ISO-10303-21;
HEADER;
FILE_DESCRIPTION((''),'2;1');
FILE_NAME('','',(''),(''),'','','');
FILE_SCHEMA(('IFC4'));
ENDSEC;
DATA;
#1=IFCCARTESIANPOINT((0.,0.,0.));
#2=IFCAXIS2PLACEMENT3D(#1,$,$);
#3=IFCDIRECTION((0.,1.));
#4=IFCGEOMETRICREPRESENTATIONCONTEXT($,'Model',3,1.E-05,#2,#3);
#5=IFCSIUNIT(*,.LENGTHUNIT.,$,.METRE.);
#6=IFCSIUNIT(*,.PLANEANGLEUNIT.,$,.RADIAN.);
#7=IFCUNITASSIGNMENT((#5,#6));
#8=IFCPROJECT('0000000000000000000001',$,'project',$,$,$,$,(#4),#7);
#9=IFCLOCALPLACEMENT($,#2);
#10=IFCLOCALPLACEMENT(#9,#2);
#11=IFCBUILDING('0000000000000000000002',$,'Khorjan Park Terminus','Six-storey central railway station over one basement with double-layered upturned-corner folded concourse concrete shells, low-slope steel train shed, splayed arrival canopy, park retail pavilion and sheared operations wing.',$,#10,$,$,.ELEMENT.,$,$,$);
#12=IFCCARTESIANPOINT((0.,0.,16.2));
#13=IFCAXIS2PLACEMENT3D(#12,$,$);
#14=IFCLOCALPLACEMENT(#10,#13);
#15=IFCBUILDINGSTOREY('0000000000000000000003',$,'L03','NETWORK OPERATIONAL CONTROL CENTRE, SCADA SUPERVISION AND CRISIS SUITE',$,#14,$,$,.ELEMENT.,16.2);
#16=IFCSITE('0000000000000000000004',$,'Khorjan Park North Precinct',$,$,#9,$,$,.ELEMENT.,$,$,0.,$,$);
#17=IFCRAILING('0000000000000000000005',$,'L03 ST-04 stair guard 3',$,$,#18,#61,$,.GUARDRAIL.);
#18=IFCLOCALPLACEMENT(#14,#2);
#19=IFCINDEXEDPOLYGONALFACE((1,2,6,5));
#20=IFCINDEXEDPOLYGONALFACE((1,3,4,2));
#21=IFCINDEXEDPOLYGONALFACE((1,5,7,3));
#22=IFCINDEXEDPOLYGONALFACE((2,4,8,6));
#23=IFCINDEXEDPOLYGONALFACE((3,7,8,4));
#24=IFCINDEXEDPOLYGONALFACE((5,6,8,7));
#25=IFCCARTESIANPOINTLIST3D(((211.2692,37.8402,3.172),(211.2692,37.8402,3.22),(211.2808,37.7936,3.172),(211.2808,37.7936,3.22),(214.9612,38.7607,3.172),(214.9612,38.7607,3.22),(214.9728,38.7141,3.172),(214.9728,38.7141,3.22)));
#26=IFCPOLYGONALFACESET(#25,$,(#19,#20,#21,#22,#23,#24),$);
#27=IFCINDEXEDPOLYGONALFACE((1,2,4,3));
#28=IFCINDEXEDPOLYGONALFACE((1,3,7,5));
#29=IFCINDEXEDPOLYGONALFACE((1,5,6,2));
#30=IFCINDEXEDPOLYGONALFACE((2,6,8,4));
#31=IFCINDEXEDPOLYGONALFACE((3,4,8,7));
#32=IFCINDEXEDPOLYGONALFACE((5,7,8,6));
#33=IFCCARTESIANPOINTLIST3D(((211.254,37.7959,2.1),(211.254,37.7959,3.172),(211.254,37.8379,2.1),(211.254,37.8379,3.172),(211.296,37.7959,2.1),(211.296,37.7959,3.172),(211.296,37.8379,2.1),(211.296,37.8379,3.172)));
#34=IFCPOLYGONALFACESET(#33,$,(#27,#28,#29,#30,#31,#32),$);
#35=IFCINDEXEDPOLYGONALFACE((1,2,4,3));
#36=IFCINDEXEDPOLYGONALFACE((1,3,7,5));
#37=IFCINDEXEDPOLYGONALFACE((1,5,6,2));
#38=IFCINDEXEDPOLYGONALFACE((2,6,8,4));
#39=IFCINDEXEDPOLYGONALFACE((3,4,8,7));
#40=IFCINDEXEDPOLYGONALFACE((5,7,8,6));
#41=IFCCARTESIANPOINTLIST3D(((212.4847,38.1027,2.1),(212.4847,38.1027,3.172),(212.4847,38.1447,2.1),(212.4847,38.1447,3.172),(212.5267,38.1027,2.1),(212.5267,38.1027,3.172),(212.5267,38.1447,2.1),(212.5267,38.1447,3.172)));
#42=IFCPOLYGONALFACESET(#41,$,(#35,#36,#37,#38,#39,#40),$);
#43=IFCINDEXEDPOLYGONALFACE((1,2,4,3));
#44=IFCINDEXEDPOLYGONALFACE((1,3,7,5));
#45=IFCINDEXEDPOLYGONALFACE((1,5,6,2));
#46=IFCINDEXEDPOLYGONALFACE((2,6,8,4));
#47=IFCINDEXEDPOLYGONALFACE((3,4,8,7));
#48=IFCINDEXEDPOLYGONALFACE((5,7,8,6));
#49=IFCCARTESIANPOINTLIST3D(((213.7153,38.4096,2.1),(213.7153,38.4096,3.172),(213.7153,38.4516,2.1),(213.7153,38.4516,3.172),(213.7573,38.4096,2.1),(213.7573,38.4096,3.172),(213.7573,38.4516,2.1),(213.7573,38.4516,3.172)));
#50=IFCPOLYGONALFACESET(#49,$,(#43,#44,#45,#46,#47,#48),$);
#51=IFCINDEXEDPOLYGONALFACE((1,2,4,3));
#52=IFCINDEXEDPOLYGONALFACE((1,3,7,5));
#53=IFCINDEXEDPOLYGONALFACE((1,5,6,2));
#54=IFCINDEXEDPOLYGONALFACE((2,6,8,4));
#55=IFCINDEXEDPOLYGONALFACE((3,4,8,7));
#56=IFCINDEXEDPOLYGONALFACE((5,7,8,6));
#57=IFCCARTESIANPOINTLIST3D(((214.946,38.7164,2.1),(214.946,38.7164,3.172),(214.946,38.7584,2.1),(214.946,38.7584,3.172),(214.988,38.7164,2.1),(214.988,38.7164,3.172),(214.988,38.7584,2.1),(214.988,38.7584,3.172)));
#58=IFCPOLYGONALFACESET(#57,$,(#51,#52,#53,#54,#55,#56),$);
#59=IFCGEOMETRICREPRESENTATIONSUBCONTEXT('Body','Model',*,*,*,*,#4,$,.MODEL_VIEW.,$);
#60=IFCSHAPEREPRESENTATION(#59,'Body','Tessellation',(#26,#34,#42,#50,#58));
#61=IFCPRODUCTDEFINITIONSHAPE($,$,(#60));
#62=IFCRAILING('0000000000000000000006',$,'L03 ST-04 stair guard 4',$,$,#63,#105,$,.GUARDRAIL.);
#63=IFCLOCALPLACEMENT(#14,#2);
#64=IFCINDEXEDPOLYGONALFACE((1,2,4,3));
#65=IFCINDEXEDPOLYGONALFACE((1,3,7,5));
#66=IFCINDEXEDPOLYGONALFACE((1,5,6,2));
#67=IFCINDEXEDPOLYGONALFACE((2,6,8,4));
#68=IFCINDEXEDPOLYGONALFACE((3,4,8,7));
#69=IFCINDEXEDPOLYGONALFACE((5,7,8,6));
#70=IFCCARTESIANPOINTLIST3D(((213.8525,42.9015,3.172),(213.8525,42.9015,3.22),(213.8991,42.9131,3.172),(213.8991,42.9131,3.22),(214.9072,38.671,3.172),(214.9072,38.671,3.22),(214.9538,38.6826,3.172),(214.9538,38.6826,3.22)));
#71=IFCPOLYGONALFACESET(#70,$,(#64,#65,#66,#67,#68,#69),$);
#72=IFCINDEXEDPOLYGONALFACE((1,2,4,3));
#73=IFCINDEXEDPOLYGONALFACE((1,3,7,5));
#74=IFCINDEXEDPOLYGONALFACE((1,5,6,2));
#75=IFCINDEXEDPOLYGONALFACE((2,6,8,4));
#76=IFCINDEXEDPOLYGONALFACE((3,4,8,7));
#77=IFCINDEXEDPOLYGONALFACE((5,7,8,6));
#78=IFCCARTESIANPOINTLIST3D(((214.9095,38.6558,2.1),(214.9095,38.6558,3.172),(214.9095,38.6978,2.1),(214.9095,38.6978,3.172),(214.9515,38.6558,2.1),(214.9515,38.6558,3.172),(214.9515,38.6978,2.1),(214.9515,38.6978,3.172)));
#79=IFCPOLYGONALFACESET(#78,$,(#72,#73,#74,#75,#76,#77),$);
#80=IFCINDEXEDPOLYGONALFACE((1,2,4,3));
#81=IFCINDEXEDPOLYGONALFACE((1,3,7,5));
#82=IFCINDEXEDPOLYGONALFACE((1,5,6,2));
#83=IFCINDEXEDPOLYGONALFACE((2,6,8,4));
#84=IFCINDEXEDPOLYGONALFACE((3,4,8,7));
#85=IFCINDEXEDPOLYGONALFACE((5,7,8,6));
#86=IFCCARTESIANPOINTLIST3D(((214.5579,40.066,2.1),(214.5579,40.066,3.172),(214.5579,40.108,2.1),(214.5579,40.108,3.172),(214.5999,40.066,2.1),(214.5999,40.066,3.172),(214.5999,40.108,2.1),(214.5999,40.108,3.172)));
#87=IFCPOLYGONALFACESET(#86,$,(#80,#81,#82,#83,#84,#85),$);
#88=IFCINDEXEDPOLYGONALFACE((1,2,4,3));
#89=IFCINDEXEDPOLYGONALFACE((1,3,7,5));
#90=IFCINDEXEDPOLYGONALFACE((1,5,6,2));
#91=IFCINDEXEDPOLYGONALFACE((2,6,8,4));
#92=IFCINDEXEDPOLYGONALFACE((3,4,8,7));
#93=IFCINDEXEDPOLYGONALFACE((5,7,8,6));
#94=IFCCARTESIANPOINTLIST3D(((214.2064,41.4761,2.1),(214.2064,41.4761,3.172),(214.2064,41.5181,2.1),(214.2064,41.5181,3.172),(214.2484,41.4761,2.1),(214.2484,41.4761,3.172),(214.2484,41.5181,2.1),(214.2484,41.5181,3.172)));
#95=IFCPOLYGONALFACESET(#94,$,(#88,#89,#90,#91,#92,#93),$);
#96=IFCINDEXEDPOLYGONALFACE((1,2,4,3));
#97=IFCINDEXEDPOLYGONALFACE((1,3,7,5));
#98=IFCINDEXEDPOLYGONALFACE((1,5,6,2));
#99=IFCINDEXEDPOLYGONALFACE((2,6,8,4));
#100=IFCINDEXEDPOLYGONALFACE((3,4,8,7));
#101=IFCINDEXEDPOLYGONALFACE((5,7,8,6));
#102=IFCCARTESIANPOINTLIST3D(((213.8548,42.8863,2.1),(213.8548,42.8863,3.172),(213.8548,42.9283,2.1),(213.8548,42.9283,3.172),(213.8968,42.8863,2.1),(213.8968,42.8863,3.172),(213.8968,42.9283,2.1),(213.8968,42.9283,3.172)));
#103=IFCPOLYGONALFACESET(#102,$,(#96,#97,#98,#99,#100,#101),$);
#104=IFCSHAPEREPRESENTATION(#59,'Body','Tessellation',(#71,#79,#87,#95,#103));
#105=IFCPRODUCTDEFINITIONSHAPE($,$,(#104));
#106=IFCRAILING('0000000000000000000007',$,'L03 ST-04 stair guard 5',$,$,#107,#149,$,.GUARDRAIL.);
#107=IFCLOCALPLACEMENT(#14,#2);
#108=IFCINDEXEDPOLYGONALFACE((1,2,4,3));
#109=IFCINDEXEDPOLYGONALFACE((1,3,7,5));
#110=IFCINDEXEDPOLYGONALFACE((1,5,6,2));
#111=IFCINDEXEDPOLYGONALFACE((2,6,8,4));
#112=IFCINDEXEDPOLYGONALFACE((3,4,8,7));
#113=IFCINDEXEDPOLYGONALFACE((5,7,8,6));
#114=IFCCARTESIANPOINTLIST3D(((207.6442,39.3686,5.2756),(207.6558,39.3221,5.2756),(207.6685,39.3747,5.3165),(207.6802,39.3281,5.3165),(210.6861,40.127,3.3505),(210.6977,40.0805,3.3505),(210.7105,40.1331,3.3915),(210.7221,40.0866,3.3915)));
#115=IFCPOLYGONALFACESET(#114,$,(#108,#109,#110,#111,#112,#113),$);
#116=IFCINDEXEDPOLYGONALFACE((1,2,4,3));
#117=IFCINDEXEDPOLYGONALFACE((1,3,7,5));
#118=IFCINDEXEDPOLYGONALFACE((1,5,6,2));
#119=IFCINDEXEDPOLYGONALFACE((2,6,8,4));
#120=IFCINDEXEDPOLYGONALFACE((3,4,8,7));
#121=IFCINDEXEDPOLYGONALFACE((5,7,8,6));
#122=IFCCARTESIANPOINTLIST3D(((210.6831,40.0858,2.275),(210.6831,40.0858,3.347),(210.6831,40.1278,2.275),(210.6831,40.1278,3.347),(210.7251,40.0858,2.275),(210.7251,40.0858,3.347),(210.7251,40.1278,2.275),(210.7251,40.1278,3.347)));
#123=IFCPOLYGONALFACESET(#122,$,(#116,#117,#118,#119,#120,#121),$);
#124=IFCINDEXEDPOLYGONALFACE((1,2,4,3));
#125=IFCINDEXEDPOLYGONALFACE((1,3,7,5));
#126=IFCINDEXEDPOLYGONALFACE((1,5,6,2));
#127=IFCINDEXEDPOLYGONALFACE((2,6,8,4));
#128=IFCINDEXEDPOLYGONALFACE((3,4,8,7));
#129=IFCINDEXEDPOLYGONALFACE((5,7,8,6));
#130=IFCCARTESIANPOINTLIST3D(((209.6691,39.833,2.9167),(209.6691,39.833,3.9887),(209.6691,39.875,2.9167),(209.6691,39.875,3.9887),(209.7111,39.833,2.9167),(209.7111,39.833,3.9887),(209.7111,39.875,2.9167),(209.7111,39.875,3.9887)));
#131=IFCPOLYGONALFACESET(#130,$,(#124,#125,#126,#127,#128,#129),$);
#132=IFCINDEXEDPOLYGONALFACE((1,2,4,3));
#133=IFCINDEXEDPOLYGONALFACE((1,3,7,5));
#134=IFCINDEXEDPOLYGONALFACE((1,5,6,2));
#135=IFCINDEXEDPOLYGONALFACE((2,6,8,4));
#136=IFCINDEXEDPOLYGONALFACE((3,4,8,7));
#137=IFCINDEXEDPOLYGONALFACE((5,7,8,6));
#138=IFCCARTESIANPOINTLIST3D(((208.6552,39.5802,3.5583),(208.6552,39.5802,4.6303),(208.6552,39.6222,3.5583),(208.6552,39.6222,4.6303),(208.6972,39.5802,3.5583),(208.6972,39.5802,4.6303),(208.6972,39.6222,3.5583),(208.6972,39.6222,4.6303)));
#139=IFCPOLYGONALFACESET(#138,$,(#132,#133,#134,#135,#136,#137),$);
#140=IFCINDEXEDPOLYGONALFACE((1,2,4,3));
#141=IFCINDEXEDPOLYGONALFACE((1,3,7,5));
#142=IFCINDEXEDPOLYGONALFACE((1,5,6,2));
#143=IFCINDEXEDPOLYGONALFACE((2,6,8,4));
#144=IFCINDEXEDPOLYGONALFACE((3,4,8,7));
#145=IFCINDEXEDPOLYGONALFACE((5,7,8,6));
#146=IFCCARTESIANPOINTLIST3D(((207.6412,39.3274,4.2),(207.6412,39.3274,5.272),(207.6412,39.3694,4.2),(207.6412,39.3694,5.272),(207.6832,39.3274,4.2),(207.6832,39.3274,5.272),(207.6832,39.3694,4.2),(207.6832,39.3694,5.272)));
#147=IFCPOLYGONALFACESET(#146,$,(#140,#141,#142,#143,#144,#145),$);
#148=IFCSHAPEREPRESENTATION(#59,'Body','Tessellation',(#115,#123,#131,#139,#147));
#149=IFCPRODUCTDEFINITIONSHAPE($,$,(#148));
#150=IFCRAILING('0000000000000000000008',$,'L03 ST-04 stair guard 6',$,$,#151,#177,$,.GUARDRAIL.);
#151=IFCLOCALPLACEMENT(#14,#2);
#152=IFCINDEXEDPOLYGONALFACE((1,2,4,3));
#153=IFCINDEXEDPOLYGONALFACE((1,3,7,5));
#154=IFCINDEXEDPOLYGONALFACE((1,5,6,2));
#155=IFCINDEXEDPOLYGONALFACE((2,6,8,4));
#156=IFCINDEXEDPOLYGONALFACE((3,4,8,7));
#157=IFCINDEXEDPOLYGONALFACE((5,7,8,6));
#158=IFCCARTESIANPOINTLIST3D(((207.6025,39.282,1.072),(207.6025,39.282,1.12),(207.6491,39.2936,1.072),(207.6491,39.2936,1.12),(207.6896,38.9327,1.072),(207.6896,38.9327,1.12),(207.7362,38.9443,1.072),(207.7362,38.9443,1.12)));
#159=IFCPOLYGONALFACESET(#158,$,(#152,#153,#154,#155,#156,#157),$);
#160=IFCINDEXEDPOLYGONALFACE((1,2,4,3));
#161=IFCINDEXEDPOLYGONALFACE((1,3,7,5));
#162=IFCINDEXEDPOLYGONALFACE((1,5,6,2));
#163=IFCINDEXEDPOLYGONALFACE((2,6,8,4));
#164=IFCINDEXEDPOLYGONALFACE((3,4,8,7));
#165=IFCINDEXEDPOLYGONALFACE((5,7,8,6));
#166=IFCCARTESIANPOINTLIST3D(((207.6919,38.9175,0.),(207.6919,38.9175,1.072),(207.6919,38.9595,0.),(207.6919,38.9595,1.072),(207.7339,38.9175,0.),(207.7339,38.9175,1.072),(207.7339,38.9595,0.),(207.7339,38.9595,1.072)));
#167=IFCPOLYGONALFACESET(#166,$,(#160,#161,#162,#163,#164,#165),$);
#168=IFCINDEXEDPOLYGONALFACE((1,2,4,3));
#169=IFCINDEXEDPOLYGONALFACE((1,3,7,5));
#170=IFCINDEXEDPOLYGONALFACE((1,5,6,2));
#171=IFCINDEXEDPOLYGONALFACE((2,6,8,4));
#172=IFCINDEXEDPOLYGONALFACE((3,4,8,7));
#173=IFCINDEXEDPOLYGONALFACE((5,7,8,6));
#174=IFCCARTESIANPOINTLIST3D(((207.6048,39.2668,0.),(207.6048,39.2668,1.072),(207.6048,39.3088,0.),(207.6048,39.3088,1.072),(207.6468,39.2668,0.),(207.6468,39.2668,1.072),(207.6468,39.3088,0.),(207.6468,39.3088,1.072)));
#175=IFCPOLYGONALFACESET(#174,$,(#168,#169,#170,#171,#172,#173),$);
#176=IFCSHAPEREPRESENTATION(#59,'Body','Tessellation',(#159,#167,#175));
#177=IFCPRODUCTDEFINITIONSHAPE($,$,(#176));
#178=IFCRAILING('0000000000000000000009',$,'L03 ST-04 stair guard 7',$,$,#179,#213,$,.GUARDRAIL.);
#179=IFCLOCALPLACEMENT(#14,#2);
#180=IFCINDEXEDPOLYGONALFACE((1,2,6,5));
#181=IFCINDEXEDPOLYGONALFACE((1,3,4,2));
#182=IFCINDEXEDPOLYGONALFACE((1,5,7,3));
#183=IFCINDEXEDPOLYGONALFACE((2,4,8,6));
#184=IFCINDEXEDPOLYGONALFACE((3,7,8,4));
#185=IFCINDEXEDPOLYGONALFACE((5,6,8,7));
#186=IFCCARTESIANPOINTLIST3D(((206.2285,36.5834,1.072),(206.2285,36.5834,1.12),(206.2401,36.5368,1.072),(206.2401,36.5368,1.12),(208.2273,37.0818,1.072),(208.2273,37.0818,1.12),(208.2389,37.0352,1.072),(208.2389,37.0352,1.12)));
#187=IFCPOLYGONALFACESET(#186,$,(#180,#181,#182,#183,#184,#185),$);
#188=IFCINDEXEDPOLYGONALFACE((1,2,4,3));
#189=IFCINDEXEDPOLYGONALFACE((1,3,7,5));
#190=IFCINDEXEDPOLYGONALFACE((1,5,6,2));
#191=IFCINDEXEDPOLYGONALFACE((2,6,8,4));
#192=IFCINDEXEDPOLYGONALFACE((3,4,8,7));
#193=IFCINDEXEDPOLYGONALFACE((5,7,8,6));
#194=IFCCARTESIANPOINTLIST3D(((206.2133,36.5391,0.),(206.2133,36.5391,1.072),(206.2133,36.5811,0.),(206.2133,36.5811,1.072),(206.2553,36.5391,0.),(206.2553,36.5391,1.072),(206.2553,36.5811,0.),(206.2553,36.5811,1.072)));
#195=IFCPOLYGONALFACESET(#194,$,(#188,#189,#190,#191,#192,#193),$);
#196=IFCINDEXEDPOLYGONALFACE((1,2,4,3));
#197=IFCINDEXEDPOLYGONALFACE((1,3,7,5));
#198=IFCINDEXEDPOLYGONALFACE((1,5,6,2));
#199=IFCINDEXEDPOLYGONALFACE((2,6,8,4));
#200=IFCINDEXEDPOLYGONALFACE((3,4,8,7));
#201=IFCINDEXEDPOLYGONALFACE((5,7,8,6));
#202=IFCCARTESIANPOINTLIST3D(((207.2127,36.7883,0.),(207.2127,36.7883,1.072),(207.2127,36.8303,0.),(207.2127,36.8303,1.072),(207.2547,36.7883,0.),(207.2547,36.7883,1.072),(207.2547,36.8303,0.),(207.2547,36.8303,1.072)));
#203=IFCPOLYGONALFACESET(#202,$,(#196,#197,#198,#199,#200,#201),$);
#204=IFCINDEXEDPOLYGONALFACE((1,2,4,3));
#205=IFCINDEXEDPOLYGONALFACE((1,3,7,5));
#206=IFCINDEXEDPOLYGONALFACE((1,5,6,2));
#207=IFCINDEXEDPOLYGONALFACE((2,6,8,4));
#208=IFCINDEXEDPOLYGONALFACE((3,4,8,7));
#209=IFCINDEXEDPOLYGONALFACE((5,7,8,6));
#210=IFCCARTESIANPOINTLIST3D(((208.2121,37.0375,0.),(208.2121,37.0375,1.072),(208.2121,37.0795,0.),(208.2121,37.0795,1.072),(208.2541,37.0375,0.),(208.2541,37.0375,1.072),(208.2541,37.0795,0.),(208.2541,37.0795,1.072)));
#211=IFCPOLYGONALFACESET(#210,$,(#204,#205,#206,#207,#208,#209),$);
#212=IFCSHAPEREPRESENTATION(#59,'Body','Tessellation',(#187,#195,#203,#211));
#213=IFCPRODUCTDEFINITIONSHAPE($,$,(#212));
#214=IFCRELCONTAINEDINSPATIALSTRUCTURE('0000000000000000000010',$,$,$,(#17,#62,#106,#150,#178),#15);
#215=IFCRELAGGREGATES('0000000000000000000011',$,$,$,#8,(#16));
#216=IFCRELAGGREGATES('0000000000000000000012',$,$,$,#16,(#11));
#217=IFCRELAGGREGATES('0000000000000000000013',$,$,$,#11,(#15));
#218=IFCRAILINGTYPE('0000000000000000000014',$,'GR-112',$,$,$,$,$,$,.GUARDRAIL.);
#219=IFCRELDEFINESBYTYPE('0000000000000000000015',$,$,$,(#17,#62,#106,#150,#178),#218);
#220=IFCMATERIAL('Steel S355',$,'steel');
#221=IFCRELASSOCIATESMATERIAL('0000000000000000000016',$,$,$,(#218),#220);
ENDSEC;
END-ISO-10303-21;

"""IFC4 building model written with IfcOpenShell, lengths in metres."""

from ifc_helpers import new_model, si_unit, direction, frame, origin, origin_2d, place, context, subcontext, project, spatial, rectangle, extrude, material, type_object, element, save


model = new_model("IFC4")

# Units and contexts
model_context = context("Model", 3, precision=1e-05, world=origin(), true_north=direction((0.0, 1.0)))
body_context = subcontext(model_context, "Body", "Model", "MODEL_VIEW")
ifc_project = project(units=[si_unit("LENGTHUNIT", "METRE"), si_unit("PLANEANGLEUNIT", "RADIAN")], contexts=[model_context])

# Site, building, storey
site_placement = place(None, origin())
site = spatial("IfcSite", under=ifc_project, at=site_placement, Name="Khorjan Park North Precinct", CompositionType="ELEMENT", RefElevation=0.0)
building_placement = place(site_placement, origin())
building = spatial("IfcBuilding", under=site, at=building_placement, Name="Khorjan Park Terminus", Description="Six-storey central railway station over one basement with double-layered upturned-corner folded concourse concrete shells, low-slope steel train shed, splayed arrival canopy, park retail pavilion and sheared operations wing.", CompositionType="ELEMENT")
storey_placement = place(building_placement, frame((0.0, 0.0, 16.2)))
storey = spatial("IfcBuildingStorey", under=building, at=storey_placement, Name="L03", Description="NETWORK OPERATIONAL CONTROL CENTRE, SCADA SUPERVISION AND CRISIS SUITE", CompositionType="ELEMENT", Elevation=16.2)

# Shared definitions
ifc_material_1 = material(Name="Steel S355", Category="steel")

# Railings
railing_type_1 = type_object("IfcRailingType", Name="GR-112", PredefinedType="GUARDRAIL", material=ifc_material_1)
railing_1_placement = place(storey_placement, frame((211.275, 37.8169, 2.1)))
element("IfcRailing", 1, at=railing_1_placement, inside=storey, type_object=railing_type_1, Name="L03 ST-04 stair guard 3", PredefinedType="GUARDRAIL", context=body_context, shape_type="SweptSolid", body=[
    extrude(rectangle(XDim=0.048, YDim=0.048, at=origin_2d()), frame((0.0, 0.0, 1.096), z_axis=(0.970297, 0.241917, 0.0), x_axis=(-0.241917, 0.970297, 0.0)), (0.0, 0.0, 1.0), 3.805),
    extrude(rectangle(XDim=0.042, YDim=0.042, at=origin_2d()), origin(), (0.0, 0.0, 1.0), 1.072),
    extrude(rectangle(XDim=0.042, YDim=0.042, at=origin_2d()), frame((1.2307, 0.3068, 0.0)), (0.0, 0.0, 1.0), 1.072),
    extrude(rectangle(XDim=0.042, YDim=0.042, at=origin_2d()), frame((2.4613, 0.6137, 0.0)), (0.0, 0.0, 1.0), 1.072),
    extrude(rectangle(XDim=0.042, YDim=0.042, at=origin_2d()), frame((3.692, 0.9205, 0.0)), (0.0, 0.0, 1.0), 1.072),
])
railing_2_placement = place(storey_placement, frame((214.9305, 38.6768, 2.1)))
element("IfcRailing", 2, at=railing_2_placement, inside=storey, type_object=railing_type_1, Name="L03 ST-04 stair guard 4", PredefinedType="GUARDRAIL", context=body_context, shape_type="SweptSolid", body=[
    extrude(rectangle(XDim=0.048, YDim=0.048, at=origin_2d()), frame((0.0, 0.0, 1.096), z_axis=(-0.241904, 0.9703, 0.0), x_axis=(-0.9703, -0.241904, 0.0)), (0.0, 0.0, 1.0), 4.36),
    extrude(rectangle(XDim=0.042, YDim=0.042, at=origin_2d()), origin(), (0.0, 0.0, 1.0), 1.072),
    extrude(rectangle(XDim=0.042, YDim=0.042, at=origin_2d()), frame((-0.3516, 1.4102, 0.0)), (0.0, 0.0, 1.0), 1.072),
    extrude(rectangle(XDim=0.042, YDim=0.042, at=origin_2d()), frame((-0.7031, 2.8203, 0.0)), (0.0, 0.0, 1.0), 1.072),
    extrude(rectangle(XDim=0.042, YDim=0.042, at=origin_2d()), frame((-1.0547, 4.2305, 0.0)), (0.0, 0.0, 1.0), 1.072),
])
railing_3_placement = place(storey_placement, frame((210.7041, 40.1068, 2.275)))
element("IfcRailing", 3, at=railing_3_placement, inside=storey, type_object=railing_type_1, Name="L03 ST-04 stair guard 5", PredefinedType="GUARDRAIL", context=body_context, shape_type="SweptSolid", body=[
    extrude(rectangle(XDim=0.048, YDim=0.048, at=origin_2d()), frame((0.0, 0.0, 1.096), z_axis=(-0.826861, -0.206151, 0.523261), x_axis=(0.241913, -0.970298, 0.0)), (0.0, 0.0, 1.0), 3.6789),
    extrude(rectangle(XDim=0.042, YDim=0.042, at=origin_2d()), origin(), (0.0, 0.0, 1.0), 1.072),
    extrude(rectangle(XDim=0.042, YDim=0.042, at=origin_2d()), frame((-1.014, -0.2528, 0.6417)), (0.0, 0.0, 1.0), 1.072),
    extrude(rectangle(XDim=0.042, YDim=0.042, at=origin_2d()), frame((-2.0279, -0.5056, 1.2833)), (0.0, 0.0, 1.0), 1.072),
    extrude(rectangle(XDim=0.042, YDim=0.042, at=origin_2d()), frame((-3.0419, -0.7584, 1.925)), (0.0, 0.0, 1.0), 1.072),
])
railing_4_placement = place(storey_placement, frame((207.7129, 38.9385, 0.0)))
element("IfcRailing", 4, at=railing_4_placement, inside=storey, type_object=railing_type_1, Name="L03 ST-04 stair guard 6", PredefinedType="GUARDRAIL", context=body_context, shape_type="SweptSolid", body=[
    extrude(rectangle(XDim=0.048, YDim=0.048, at=origin_2d()), frame((0.0, 0.0, 1.096), z_axis=(-0.241947, 0.970289, 0.0), x_axis=(-0.970289, -0.241947, 0.0)), (0.0, 0.0, 1.0), 0.36),
    extrude(rectangle(XDim=0.042, YDim=0.042, at=origin_2d()), origin(), (0.0, 0.0, 1.0), 1.072),
    extrude(rectangle(XDim=0.042, YDim=0.042, at=origin_2d()), frame((-0.0871, 0.3493, 0.0)), (0.0, 0.0, 1.0), 1.072),
])
railing_5_placement = place(storey_placement, frame((206.2343, 36.5601, 0.0)))
element("IfcRailing", 5, at=railing_5_placement, inside=storey, type_object=railing_type_1, Name="L03 ST-04 stair guard 7", PredefinedType="GUARDRAIL", context=body_context, shape_type="SweptSolid", body=[
    extrude(rectangle(XDim=0.048, YDim=0.048, at=origin_2d()), frame((0.0, 0.0, 1.096), z_axis=(0.970291, 0.241942, 0.0), x_axis=(-0.241942, 0.970291, 0.0)), (0.0, 0.0, 1.0), 2.06),
    extrude(rectangle(XDim=0.042, YDim=0.042, at=origin_2d()), origin(), (0.0, 0.0, 1.0), 1.072),
    extrude(rectangle(XDim=0.042, YDim=0.042, at=origin_2d()), frame((0.9994, 0.2492, 0.0)), (0.0, 0.0, 1.0), 1.072),
    extrude(rectangle(XDim=0.042, YDim=0.042, at=origin_2d()), frame((1.9988, 0.4984, 0.0)), (0.0, 0.0, 1.0), 1.072),
])

save(model, "model.ifc")
